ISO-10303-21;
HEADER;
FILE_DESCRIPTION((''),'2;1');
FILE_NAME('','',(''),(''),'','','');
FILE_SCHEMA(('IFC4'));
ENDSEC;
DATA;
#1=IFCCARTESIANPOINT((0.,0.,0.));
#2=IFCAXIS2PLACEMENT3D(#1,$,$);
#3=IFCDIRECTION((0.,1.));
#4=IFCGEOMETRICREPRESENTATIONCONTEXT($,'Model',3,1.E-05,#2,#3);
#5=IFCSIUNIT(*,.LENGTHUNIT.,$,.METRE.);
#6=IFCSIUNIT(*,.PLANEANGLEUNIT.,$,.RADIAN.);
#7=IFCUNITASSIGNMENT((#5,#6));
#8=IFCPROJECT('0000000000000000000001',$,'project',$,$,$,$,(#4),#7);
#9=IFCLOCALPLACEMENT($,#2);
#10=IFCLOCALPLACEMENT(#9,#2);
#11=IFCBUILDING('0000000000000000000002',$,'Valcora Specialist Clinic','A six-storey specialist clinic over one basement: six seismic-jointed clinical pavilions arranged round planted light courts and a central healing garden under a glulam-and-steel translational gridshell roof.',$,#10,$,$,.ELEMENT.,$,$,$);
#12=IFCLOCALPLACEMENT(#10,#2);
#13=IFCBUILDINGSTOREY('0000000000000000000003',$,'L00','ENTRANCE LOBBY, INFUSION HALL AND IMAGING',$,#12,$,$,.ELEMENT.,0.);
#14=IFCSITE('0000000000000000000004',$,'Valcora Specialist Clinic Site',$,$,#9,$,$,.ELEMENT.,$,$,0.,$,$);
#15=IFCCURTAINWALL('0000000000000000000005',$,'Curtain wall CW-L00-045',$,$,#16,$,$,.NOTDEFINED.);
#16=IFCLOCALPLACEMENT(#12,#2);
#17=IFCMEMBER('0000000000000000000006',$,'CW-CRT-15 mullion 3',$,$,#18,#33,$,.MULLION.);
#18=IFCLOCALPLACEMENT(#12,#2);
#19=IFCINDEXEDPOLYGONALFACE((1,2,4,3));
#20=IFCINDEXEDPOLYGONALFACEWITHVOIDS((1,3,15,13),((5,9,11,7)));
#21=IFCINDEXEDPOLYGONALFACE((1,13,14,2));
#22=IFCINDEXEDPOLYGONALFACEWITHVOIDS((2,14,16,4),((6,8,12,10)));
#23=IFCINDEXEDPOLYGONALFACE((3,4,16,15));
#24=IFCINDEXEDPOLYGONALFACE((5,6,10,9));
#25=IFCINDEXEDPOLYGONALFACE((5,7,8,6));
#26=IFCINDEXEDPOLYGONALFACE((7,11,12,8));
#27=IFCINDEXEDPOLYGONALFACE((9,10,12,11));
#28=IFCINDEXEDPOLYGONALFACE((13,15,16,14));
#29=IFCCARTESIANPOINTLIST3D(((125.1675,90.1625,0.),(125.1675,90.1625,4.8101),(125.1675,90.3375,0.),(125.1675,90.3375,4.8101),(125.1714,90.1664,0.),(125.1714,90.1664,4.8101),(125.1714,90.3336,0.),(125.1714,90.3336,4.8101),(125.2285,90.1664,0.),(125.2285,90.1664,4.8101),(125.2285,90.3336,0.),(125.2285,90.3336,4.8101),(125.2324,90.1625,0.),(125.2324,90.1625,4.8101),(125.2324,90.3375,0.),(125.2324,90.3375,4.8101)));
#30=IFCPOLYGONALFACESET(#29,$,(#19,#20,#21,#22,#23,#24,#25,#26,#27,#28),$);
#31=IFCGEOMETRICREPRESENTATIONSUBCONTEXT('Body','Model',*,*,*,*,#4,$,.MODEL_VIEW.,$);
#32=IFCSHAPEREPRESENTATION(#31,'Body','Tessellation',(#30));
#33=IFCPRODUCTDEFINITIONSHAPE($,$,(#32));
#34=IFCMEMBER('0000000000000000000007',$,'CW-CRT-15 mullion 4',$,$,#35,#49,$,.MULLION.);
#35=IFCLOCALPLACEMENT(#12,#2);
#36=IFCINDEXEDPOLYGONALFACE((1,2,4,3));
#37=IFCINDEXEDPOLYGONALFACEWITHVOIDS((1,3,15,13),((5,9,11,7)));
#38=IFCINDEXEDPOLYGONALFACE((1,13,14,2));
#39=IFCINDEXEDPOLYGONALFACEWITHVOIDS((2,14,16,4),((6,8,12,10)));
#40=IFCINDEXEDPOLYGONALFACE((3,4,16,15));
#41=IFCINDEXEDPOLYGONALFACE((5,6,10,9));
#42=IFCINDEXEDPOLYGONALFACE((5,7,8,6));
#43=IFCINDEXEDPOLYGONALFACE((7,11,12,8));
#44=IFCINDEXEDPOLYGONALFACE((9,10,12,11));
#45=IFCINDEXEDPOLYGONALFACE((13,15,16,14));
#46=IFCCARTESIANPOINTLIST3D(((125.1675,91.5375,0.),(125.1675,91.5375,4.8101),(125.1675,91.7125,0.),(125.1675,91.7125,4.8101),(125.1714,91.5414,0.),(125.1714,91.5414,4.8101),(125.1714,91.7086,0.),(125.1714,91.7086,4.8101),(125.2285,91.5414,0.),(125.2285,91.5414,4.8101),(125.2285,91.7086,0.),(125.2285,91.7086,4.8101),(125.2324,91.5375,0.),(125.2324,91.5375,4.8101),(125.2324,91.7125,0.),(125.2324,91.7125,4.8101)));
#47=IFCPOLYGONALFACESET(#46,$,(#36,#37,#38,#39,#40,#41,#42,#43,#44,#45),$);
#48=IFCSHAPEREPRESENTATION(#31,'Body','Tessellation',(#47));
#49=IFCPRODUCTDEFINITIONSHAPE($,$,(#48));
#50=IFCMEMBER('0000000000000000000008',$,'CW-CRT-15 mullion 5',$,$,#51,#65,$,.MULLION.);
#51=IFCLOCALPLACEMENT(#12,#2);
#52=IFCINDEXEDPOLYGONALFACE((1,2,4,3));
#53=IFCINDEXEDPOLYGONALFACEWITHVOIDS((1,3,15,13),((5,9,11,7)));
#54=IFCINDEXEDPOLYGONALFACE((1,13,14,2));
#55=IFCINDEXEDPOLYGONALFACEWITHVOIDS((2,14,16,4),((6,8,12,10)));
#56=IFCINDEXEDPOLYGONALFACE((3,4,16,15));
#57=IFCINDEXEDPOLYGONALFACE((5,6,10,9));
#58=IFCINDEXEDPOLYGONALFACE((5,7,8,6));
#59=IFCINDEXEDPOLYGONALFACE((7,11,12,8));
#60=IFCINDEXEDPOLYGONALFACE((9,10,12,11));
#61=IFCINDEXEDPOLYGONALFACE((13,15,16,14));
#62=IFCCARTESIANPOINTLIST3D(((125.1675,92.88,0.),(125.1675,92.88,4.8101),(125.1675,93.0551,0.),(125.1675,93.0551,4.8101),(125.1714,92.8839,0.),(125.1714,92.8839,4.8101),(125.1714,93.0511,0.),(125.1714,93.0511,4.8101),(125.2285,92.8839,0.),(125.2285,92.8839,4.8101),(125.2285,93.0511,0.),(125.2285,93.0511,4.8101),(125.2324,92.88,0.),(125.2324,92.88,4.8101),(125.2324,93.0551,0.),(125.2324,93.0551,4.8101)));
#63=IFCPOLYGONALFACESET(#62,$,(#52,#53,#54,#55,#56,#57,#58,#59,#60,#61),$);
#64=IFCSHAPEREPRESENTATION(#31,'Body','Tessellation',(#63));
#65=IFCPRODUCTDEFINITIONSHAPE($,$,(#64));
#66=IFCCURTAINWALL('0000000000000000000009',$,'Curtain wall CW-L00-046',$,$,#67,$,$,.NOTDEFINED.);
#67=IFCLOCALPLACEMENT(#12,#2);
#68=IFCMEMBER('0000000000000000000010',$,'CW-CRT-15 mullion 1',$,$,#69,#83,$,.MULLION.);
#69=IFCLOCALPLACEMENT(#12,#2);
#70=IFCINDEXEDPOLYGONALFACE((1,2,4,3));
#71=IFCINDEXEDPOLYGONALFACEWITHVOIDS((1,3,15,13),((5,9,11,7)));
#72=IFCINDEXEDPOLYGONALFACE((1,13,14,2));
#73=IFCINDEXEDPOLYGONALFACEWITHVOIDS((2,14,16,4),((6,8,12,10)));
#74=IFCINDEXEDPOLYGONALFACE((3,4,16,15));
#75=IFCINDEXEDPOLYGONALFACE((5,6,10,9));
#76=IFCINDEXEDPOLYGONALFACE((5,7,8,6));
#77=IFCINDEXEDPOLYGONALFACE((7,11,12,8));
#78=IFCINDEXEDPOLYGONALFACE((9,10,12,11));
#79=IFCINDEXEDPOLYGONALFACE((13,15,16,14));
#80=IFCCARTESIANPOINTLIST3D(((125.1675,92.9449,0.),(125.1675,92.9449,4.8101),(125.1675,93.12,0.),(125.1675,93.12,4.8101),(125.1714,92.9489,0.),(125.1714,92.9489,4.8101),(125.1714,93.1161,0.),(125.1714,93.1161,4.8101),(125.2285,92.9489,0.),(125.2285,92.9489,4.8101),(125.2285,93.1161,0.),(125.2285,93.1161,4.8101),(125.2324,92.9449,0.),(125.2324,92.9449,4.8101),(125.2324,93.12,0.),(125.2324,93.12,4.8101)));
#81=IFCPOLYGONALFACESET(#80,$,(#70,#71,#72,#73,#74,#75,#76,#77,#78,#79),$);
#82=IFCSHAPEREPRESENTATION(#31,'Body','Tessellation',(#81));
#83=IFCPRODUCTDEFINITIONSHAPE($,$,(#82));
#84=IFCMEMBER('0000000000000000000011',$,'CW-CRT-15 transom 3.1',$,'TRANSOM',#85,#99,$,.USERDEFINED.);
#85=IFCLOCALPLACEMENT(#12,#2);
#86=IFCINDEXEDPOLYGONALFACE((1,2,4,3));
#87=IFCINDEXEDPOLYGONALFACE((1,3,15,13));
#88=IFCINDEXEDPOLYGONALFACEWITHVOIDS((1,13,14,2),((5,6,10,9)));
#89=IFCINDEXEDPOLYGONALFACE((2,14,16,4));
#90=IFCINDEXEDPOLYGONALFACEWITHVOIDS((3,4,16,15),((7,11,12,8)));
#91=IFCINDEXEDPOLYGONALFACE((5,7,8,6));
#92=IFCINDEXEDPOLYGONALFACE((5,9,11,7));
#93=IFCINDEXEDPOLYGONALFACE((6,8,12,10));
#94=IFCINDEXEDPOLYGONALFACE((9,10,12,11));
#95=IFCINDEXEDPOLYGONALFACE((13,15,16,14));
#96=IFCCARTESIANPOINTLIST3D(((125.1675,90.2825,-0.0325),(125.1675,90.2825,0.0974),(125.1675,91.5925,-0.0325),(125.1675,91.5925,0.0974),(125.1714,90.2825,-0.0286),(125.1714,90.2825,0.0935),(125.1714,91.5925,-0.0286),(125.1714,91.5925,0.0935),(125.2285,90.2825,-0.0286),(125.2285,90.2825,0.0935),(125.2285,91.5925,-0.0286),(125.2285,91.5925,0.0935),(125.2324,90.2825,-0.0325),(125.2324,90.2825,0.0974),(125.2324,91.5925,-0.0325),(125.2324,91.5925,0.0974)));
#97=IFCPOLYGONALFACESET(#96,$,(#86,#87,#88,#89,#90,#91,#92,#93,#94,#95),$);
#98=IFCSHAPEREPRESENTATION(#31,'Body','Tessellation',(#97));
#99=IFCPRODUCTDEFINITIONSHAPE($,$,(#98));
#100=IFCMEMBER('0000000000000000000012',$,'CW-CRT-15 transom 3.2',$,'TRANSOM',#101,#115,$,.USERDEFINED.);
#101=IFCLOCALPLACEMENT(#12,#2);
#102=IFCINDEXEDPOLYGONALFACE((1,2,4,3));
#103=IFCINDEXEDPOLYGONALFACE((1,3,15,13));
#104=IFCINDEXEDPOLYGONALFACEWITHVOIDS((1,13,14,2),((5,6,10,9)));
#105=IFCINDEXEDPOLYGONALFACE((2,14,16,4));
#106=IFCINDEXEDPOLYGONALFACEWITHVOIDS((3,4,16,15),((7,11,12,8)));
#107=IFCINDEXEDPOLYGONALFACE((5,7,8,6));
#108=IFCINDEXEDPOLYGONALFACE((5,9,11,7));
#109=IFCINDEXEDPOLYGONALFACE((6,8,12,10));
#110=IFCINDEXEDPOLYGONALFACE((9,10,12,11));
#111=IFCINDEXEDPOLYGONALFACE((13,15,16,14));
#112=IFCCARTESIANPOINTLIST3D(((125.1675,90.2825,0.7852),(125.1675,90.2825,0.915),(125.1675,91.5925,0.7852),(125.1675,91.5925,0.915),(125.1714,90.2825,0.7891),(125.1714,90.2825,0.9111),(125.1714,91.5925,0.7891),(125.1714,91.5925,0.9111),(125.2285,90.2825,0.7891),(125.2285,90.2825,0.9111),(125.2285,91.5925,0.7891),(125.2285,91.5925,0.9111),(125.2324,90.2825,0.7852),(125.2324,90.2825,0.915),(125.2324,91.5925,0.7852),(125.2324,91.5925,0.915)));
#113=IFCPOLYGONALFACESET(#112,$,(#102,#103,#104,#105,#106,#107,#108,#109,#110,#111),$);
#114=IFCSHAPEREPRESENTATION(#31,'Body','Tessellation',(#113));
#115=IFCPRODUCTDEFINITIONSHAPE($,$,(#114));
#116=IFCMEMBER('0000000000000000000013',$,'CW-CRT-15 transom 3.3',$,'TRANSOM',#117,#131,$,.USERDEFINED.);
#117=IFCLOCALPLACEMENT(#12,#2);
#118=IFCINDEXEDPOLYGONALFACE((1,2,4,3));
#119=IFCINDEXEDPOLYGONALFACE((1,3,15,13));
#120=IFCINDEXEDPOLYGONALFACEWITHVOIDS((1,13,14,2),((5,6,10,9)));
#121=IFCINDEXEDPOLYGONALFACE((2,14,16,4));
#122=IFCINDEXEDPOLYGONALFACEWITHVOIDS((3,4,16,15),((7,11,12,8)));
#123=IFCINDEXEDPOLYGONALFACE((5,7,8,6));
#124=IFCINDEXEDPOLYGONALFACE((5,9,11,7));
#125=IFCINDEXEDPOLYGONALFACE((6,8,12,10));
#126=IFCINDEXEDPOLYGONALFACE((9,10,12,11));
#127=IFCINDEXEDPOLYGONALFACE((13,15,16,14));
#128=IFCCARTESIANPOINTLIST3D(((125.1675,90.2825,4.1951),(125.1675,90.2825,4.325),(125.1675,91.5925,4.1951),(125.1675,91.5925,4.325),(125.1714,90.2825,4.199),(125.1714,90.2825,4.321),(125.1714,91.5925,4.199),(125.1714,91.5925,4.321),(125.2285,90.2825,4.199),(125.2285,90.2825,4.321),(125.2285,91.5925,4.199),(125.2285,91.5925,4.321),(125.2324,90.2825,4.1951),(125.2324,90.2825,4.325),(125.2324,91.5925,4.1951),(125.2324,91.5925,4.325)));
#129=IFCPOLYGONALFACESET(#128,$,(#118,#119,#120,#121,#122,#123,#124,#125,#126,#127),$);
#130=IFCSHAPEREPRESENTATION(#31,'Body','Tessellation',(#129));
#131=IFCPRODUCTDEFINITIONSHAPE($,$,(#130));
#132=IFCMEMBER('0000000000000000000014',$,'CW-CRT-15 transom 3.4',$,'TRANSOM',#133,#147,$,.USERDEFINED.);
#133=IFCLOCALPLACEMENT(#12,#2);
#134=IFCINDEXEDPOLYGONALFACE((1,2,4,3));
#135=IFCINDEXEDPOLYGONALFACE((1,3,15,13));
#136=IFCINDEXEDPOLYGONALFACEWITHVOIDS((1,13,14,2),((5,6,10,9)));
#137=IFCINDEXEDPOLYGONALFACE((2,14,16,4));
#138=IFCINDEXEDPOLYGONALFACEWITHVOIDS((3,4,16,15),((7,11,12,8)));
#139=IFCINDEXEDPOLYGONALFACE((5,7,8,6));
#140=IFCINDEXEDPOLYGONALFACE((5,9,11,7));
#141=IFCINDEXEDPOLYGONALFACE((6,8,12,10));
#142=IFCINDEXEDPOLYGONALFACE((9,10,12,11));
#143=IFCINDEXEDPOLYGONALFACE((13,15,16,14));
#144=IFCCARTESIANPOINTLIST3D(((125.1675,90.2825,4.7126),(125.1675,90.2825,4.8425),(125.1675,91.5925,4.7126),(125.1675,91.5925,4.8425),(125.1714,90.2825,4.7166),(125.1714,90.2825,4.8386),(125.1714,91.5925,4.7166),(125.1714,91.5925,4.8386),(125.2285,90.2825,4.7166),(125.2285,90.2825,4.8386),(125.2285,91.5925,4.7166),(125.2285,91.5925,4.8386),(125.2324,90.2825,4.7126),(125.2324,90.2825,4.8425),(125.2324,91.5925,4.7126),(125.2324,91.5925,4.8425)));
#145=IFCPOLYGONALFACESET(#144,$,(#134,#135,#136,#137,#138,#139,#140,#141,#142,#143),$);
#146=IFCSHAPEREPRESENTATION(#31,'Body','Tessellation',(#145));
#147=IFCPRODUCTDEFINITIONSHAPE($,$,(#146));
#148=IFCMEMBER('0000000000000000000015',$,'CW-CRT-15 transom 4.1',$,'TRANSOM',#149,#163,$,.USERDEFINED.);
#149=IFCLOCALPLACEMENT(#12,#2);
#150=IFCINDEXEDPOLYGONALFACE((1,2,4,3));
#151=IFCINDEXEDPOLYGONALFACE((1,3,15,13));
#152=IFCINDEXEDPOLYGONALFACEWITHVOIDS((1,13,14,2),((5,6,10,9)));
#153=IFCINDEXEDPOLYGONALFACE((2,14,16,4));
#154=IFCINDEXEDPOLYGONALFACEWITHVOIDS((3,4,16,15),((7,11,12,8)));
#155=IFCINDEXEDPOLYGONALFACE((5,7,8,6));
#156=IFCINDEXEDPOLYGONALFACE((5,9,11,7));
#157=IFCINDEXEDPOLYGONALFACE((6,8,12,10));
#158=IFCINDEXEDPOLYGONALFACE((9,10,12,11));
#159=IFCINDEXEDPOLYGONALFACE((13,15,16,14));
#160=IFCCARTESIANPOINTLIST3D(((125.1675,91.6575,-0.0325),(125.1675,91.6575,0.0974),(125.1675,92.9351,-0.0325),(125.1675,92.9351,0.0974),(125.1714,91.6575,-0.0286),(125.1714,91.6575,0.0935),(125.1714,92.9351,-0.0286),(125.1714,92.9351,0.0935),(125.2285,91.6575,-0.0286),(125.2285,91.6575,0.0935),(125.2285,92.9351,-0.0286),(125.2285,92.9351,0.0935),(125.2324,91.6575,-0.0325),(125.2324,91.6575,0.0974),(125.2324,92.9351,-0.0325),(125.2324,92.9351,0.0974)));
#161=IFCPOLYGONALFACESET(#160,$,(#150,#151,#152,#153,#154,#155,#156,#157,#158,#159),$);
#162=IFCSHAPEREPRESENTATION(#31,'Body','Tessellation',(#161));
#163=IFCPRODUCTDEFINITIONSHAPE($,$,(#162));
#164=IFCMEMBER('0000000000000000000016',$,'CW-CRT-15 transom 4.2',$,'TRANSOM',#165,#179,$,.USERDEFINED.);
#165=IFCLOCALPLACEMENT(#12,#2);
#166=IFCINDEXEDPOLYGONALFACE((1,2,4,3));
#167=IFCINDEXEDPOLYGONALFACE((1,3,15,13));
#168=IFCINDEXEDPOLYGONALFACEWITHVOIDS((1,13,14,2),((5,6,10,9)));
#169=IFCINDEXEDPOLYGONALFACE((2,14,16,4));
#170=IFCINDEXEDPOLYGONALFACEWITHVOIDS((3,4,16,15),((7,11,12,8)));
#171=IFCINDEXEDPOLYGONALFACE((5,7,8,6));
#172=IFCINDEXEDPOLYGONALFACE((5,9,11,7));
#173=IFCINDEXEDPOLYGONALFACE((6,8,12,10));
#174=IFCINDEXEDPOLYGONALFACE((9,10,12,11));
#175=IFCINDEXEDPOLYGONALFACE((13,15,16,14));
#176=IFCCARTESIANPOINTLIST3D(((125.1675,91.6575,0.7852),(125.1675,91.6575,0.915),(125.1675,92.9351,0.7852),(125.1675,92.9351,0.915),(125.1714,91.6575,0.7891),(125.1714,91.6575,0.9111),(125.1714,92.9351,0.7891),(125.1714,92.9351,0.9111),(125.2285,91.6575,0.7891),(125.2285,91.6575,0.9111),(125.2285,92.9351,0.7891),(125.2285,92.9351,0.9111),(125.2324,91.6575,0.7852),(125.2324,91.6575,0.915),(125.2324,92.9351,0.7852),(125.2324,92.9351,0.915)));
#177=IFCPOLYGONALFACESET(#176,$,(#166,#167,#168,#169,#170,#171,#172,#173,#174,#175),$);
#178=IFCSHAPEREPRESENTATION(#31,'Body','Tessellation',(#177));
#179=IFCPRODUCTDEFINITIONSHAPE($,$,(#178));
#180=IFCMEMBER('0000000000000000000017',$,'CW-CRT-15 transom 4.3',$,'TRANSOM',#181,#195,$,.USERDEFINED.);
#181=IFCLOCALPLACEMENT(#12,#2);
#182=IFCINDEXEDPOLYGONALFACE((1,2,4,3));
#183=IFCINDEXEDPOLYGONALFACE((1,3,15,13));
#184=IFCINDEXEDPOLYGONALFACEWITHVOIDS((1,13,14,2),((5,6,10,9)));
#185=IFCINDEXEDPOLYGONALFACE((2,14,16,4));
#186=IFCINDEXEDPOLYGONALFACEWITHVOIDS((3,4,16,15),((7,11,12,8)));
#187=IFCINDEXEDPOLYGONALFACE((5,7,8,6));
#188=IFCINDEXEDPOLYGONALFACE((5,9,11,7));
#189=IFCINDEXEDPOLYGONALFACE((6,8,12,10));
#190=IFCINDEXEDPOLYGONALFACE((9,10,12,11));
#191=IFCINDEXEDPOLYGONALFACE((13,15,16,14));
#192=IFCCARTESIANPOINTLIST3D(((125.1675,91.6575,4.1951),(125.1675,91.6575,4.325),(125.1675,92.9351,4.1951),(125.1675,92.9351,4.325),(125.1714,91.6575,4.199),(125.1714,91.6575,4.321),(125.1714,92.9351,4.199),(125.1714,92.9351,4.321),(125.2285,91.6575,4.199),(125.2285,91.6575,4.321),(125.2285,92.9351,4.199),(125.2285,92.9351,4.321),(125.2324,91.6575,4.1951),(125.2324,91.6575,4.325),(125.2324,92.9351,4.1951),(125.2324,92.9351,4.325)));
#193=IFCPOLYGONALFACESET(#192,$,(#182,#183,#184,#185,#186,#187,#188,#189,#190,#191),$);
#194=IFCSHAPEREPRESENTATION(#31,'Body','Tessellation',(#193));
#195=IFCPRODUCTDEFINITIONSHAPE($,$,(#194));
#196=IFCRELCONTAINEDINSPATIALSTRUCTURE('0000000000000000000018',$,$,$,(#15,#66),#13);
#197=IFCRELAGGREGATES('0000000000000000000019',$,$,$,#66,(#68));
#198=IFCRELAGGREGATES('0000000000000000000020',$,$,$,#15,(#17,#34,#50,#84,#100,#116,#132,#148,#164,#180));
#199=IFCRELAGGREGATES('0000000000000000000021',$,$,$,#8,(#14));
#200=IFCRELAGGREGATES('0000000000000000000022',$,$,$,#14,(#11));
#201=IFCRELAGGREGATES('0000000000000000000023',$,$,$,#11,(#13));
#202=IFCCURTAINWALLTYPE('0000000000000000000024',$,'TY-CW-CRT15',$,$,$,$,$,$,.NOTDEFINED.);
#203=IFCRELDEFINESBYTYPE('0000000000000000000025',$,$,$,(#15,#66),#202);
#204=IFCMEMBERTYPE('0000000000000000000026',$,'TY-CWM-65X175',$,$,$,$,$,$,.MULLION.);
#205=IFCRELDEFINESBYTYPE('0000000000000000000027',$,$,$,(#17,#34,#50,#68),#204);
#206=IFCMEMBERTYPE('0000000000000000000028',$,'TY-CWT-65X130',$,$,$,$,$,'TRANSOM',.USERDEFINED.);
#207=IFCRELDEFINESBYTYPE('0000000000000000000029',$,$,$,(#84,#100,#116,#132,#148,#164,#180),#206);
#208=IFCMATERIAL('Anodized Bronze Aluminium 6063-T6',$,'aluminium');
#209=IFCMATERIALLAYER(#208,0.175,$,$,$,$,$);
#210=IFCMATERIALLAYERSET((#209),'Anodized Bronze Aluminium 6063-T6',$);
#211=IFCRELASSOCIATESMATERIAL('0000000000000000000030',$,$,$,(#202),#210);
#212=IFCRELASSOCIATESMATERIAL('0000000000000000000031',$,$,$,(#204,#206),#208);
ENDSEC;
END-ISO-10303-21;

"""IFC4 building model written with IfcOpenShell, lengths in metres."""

from ifc_helpers import new_model, si_unit, direction, frame, origin, origin_2d, place, context, subcontext, project, spatial, hollow_rectangle, extrude, material, layer, layer_set, material_profile, profile_set, type_object, element, aggregate, save


model = new_model("IFC4")

# Units and contexts
model_context = context("Model", 3, precision=1e-05, world=origin(), true_north=direction((0.0, 1.0)))
body_context = subcontext(model_context, "Body", "Model", "MODEL_VIEW")
ifc_project = project(units=[si_unit("LENGTHUNIT", "METRE"), si_unit("PLANEANGLEUNIT", "RADIAN")], contexts=[model_context])

# Site, building, storey
site_placement = place(None, origin())
site = spatial("IfcSite", under=ifc_project, at=site_placement, Name="Valcora Specialist Clinic Site", CompositionType="ELEMENT", RefElevation=0.0)
building_placement = place(site_placement, origin())
building = spatial("IfcBuilding", under=site, at=building_placement, Name="Valcora Specialist Clinic", Description="A six-storey specialist clinic over one basement: six seismic-jointed clinical pavilions arranged round planted light courts and a central healing garden under a glulam-and-steel translational gridshell roof.", CompositionType="ELEMENT")
storey_placement = place(building_placement, origin())
storey = spatial("IfcBuildingStorey", under=building, at=storey_placement, Name="L00", Description="ENTRANCE LOBBY, INFUSION HALL AND IMAGING", CompositionType="ELEMENT", Elevation=0.0)

# Curtain wall, members
ifc_material_1 = material(Name="Anodized Bronze Aluminium 6063-T6", Category="aluminium")
ifc_layer_1 = layer(ifc_material_1, 0.175)
ifc_layer_set_1 = layer_set([ifc_layer_1], Name="Anodized Bronze Aluminium 6063-T6")
curtain_wall_type = type_object("IfcCurtainWallType", Name="TY-CW-CRT15", PredefinedType="NOTDEFINED", material=ifc_layer_set_1)
curtain_wall_1_placement = place(storey_placement, origin())
curtain_wall_1 = element("IfcCurtainWall", 1, at=curtain_wall_1_placement, inside=storey, type_object=curtain_wall_type, Name="Curtain wall CW-L00-045", PredefinedType="NOTDEFINED")
ifc_material_profile_1 = material_profile(ifc_material_1, hollow_rectangle(XDim=0.0649, YDim=0.175, WallThickness=0.0039, at=origin_2d()), Name="AL-MUL-65X175")
ifc_profile_set_1 = profile_set([ifc_material_profile_1], Name="Anodized Bronze Aluminium 6063-T6")
member_type_1 = type_object("IfcMemberType", Name="TY-CWM-65X175", PredefinedType="MULLION", material=ifc_profile_set_1)
member_1_placement = place(storey_placement, frame((125.2, 90.25, 0.0), z_axis=(0.0, 0.0, 1.0), x_axis=(-1.0, 0.0, 0.0)))
member_1 = element("IfcMember", 2, at=member_1_placement, type_object=member_type_1, Name="CW-CRT-15 mullion 3", PredefinedType="MULLION", context=body_context, shape_type="SweptSolid", body=[
    extrude(hollow_rectangle(XDim=0.0649, YDim=0.175, WallThickness=0.0039, at=origin_2d()), origin(), (0.0, 0.0, 1.0), 4.8101),
])
member_2_placement = place(storey_placement, frame((125.2, 91.625, 0.0), z_axis=(0.0, 0.0, 1.0), x_axis=(-1.0, 0.0, 0.0)))
member_2 = element("IfcMember", 3, at=member_2_placement, type_object=member_type_1, Name="CW-CRT-15 mullion 4", PredefinedType="MULLION", context=body_context, shape_type="SweptSolid", body=[
    extrude(hollow_rectangle(XDim=0.0649, YDim=0.175, WallThickness=0.0039, at=origin_2d()), origin(), (0.0, 0.0, 1.0), 4.8101),
])
member_3_placement = place(storey_placement, frame((125.2, 92.9675, 0.0), z_axis=(0.0, 0.0, 1.0), x_axis=(-1.0, 0.0, 0.0)))
member_3 = element("IfcMember", 4, at=member_3_placement, type_object=member_type_1, Name="CW-CRT-15 mullion 5", PredefinedType="MULLION", context=body_context, shape_type="SweptSolid", body=[
    extrude(hollow_rectangle(XDim=0.0649, YDim=0.175, WallThickness=0.0039, at=origin_2d()), origin(), (0.0, 0.0, 1.0), 4.8101),
])

# Curtain wall, member
curtain_wall_2_placement = place(storey_placement, origin())
curtain_wall_2 = element("IfcCurtainWall", 5, at=curtain_wall_2_placement, inside=storey, type_object=curtain_wall_type, Name="Curtain wall CW-L00-046", PredefinedType="NOTDEFINED")
member_4_placement = place(storey_placement, frame((125.2, 93.0325, 0.0), z_axis=(0.0, 0.0, 1.0), x_axis=(-1.0, 0.0, 0.0)))
member_4 = element("IfcMember", 6, at=member_4_placement, type_object=member_type_1, Name="CW-CRT-15 mullion 1", PredefinedType="MULLION", context=body_context, shape_type="SweptSolid", body=[
    extrude(hollow_rectangle(XDim=0.0649, YDim=0.175, WallThickness=0.0039, at=origin_2d()), origin(), (0.0, 0.0, 1.0), 4.8101),
])

# Members
ifc_material_profile_2 = material_profile(ifc_material_1, hollow_rectangle(XDim=0.0649, YDim=0.1299, WallThickness=0.0039, at=origin_2d()), Name="AL-TRN-65X130")
ifc_profile_set_2 = profile_set([ifc_material_profile_2], Name="Anodized Bronze Aluminium 6063-T6")
member_type_2 = type_object("IfcMemberType", Name="TY-CWT-65X130", ElementType="TRANSOM", PredefinedType="USERDEFINED", material=ifc_profile_set_2)
member_5_placement = place(storey_placement, frame((125.2, 90.2825, 0.0325), z_axis=(0.0, 1.0, 0.0), x_axis=(-1.0, 0.0, 0.0)))
member_5 = element("IfcMember", 7, at=member_5_placement, type_object=member_type_2, Name="CW-CRT-15 transom 3.1", ObjectType="TRANSOM", PredefinedType="USERDEFINED", context=body_context, shape_type="SweptSolid", body=[
    extrude(hollow_rectangle(XDim=0.0649, YDim=0.1299, WallThickness=0.0039, at=origin_2d()), origin(), (0.0, 0.0, 1.0), 1.3101),
])
member_6_placement = place(storey_placement, frame((125.2, 90.2825, 0.8501), z_axis=(0.0, 1.0, 0.0), x_axis=(-1.0, 0.0, 0.0)))
member_6 = element("IfcMember", 8, at=member_6_placement, type_object=member_type_2, Name="CW-CRT-15 transom 3.2", ObjectType="TRANSOM", PredefinedType="USERDEFINED", context=body_context, shape_type="SweptSolid", body=[
    extrude(hollow_rectangle(XDim=0.0649, YDim=0.1299, WallThickness=0.0039, at=origin_2d()), origin(), (0.0, 0.0, 1.0), 1.3101),
])
member_7_placement = place(storey_placement, frame((125.2, 90.2825, 4.26), z_axis=(0.0, 1.0, 0.0), x_axis=(-1.0, 0.0, 0.0)))
member_7 = element("IfcMember", 9, at=member_7_placement, type_object=member_type_2, Name="CW-CRT-15 transom 3.3", ObjectType="TRANSOM", PredefinedType="USERDEFINED", context=body_context, shape_type="SweptSolid", body=[
    extrude(hollow_rectangle(XDim=0.0649, YDim=0.1299, WallThickness=0.0039, at=origin_2d()), origin(), (0.0, 0.0, 1.0), 1.3101),
])
member_8_placement = place(storey_placement, frame((125.2, 90.2825, 4.7776), z_axis=(0.0, 1.0, 0.0), x_axis=(-1.0, 0.0, 0.0)))
member_8 = element("IfcMember", 10, at=member_8_placement, type_object=member_type_2, Name="CW-CRT-15 transom 3.4", ObjectType="TRANSOM", PredefinedType="USERDEFINED", context=body_context, shape_type="SweptSolid", body=[
    extrude(hollow_rectangle(XDim=0.0649, YDim=0.1299, WallThickness=0.0039, at=origin_2d()), origin(), (0.0, 0.0, 1.0), 1.3101),
])
member_9_placement = place(storey_placement, frame((125.2, 91.6575, 0.0325), z_axis=(0.0, 1.0, 0.0), x_axis=(-1.0, 0.0, 0.0)))
member_9 = element("IfcMember", 11, at=member_9_placement, type_object=member_type_2, Name="CW-CRT-15 transom 4.1", ObjectType="TRANSOM", PredefinedType="USERDEFINED", context=body_context, shape_type="SweptSolid", body=[
    extrude(hollow_rectangle(XDim=0.0649, YDim=0.1299, WallThickness=0.0039, at=origin_2d()), origin(), (0.0, 0.0, 1.0), 1.2776),
])
member_10_placement = place(storey_placement, frame((125.2, 91.6575, 0.8501), z_axis=(0.0, 1.0, 0.0), x_axis=(-1.0, 0.0, 0.0)))
member_10 = element("IfcMember", 12, at=member_10_placement, type_object=member_type_2, Name="CW-CRT-15 transom 4.2", ObjectType="TRANSOM", PredefinedType="USERDEFINED", context=body_context, shape_type="SweptSolid", body=[
    extrude(hollow_rectangle(XDim=0.0649, YDim=0.1299, WallThickness=0.0039, at=origin_2d()), origin(), (0.0, 0.0, 1.0), 1.2776),
])
member_11_placement = place(storey_placement, frame((125.2, 91.6575, 4.26), z_axis=(0.0, 1.0, 0.0), x_axis=(-1.0, 0.0, 0.0)))
member_11 = element("IfcMember", 13, at=member_11_placement, type_object=member_type_2, Name="CW-CRT-15 transom 4.3", ObjectType="TRANSOM", PredefinedType="USERDEFINED", context=body_context, shape_type="SweptSolid", body=[
    extrude(hollow_rectangle(XDim=0.0649, YDim=0.1299, WallThickness=0.0039, at=origin_2d()), origin(), (0.0, 0.0, 1.0), 1.2776),
])
aggregate(curtain_wall_2, [member_4])

aggregate(curtain_wall_1, [member_1, member_2, member_3, member_5, member_6, member_7, member_8, member_9, member_10, member_11])

save(model, "model.ifc")
